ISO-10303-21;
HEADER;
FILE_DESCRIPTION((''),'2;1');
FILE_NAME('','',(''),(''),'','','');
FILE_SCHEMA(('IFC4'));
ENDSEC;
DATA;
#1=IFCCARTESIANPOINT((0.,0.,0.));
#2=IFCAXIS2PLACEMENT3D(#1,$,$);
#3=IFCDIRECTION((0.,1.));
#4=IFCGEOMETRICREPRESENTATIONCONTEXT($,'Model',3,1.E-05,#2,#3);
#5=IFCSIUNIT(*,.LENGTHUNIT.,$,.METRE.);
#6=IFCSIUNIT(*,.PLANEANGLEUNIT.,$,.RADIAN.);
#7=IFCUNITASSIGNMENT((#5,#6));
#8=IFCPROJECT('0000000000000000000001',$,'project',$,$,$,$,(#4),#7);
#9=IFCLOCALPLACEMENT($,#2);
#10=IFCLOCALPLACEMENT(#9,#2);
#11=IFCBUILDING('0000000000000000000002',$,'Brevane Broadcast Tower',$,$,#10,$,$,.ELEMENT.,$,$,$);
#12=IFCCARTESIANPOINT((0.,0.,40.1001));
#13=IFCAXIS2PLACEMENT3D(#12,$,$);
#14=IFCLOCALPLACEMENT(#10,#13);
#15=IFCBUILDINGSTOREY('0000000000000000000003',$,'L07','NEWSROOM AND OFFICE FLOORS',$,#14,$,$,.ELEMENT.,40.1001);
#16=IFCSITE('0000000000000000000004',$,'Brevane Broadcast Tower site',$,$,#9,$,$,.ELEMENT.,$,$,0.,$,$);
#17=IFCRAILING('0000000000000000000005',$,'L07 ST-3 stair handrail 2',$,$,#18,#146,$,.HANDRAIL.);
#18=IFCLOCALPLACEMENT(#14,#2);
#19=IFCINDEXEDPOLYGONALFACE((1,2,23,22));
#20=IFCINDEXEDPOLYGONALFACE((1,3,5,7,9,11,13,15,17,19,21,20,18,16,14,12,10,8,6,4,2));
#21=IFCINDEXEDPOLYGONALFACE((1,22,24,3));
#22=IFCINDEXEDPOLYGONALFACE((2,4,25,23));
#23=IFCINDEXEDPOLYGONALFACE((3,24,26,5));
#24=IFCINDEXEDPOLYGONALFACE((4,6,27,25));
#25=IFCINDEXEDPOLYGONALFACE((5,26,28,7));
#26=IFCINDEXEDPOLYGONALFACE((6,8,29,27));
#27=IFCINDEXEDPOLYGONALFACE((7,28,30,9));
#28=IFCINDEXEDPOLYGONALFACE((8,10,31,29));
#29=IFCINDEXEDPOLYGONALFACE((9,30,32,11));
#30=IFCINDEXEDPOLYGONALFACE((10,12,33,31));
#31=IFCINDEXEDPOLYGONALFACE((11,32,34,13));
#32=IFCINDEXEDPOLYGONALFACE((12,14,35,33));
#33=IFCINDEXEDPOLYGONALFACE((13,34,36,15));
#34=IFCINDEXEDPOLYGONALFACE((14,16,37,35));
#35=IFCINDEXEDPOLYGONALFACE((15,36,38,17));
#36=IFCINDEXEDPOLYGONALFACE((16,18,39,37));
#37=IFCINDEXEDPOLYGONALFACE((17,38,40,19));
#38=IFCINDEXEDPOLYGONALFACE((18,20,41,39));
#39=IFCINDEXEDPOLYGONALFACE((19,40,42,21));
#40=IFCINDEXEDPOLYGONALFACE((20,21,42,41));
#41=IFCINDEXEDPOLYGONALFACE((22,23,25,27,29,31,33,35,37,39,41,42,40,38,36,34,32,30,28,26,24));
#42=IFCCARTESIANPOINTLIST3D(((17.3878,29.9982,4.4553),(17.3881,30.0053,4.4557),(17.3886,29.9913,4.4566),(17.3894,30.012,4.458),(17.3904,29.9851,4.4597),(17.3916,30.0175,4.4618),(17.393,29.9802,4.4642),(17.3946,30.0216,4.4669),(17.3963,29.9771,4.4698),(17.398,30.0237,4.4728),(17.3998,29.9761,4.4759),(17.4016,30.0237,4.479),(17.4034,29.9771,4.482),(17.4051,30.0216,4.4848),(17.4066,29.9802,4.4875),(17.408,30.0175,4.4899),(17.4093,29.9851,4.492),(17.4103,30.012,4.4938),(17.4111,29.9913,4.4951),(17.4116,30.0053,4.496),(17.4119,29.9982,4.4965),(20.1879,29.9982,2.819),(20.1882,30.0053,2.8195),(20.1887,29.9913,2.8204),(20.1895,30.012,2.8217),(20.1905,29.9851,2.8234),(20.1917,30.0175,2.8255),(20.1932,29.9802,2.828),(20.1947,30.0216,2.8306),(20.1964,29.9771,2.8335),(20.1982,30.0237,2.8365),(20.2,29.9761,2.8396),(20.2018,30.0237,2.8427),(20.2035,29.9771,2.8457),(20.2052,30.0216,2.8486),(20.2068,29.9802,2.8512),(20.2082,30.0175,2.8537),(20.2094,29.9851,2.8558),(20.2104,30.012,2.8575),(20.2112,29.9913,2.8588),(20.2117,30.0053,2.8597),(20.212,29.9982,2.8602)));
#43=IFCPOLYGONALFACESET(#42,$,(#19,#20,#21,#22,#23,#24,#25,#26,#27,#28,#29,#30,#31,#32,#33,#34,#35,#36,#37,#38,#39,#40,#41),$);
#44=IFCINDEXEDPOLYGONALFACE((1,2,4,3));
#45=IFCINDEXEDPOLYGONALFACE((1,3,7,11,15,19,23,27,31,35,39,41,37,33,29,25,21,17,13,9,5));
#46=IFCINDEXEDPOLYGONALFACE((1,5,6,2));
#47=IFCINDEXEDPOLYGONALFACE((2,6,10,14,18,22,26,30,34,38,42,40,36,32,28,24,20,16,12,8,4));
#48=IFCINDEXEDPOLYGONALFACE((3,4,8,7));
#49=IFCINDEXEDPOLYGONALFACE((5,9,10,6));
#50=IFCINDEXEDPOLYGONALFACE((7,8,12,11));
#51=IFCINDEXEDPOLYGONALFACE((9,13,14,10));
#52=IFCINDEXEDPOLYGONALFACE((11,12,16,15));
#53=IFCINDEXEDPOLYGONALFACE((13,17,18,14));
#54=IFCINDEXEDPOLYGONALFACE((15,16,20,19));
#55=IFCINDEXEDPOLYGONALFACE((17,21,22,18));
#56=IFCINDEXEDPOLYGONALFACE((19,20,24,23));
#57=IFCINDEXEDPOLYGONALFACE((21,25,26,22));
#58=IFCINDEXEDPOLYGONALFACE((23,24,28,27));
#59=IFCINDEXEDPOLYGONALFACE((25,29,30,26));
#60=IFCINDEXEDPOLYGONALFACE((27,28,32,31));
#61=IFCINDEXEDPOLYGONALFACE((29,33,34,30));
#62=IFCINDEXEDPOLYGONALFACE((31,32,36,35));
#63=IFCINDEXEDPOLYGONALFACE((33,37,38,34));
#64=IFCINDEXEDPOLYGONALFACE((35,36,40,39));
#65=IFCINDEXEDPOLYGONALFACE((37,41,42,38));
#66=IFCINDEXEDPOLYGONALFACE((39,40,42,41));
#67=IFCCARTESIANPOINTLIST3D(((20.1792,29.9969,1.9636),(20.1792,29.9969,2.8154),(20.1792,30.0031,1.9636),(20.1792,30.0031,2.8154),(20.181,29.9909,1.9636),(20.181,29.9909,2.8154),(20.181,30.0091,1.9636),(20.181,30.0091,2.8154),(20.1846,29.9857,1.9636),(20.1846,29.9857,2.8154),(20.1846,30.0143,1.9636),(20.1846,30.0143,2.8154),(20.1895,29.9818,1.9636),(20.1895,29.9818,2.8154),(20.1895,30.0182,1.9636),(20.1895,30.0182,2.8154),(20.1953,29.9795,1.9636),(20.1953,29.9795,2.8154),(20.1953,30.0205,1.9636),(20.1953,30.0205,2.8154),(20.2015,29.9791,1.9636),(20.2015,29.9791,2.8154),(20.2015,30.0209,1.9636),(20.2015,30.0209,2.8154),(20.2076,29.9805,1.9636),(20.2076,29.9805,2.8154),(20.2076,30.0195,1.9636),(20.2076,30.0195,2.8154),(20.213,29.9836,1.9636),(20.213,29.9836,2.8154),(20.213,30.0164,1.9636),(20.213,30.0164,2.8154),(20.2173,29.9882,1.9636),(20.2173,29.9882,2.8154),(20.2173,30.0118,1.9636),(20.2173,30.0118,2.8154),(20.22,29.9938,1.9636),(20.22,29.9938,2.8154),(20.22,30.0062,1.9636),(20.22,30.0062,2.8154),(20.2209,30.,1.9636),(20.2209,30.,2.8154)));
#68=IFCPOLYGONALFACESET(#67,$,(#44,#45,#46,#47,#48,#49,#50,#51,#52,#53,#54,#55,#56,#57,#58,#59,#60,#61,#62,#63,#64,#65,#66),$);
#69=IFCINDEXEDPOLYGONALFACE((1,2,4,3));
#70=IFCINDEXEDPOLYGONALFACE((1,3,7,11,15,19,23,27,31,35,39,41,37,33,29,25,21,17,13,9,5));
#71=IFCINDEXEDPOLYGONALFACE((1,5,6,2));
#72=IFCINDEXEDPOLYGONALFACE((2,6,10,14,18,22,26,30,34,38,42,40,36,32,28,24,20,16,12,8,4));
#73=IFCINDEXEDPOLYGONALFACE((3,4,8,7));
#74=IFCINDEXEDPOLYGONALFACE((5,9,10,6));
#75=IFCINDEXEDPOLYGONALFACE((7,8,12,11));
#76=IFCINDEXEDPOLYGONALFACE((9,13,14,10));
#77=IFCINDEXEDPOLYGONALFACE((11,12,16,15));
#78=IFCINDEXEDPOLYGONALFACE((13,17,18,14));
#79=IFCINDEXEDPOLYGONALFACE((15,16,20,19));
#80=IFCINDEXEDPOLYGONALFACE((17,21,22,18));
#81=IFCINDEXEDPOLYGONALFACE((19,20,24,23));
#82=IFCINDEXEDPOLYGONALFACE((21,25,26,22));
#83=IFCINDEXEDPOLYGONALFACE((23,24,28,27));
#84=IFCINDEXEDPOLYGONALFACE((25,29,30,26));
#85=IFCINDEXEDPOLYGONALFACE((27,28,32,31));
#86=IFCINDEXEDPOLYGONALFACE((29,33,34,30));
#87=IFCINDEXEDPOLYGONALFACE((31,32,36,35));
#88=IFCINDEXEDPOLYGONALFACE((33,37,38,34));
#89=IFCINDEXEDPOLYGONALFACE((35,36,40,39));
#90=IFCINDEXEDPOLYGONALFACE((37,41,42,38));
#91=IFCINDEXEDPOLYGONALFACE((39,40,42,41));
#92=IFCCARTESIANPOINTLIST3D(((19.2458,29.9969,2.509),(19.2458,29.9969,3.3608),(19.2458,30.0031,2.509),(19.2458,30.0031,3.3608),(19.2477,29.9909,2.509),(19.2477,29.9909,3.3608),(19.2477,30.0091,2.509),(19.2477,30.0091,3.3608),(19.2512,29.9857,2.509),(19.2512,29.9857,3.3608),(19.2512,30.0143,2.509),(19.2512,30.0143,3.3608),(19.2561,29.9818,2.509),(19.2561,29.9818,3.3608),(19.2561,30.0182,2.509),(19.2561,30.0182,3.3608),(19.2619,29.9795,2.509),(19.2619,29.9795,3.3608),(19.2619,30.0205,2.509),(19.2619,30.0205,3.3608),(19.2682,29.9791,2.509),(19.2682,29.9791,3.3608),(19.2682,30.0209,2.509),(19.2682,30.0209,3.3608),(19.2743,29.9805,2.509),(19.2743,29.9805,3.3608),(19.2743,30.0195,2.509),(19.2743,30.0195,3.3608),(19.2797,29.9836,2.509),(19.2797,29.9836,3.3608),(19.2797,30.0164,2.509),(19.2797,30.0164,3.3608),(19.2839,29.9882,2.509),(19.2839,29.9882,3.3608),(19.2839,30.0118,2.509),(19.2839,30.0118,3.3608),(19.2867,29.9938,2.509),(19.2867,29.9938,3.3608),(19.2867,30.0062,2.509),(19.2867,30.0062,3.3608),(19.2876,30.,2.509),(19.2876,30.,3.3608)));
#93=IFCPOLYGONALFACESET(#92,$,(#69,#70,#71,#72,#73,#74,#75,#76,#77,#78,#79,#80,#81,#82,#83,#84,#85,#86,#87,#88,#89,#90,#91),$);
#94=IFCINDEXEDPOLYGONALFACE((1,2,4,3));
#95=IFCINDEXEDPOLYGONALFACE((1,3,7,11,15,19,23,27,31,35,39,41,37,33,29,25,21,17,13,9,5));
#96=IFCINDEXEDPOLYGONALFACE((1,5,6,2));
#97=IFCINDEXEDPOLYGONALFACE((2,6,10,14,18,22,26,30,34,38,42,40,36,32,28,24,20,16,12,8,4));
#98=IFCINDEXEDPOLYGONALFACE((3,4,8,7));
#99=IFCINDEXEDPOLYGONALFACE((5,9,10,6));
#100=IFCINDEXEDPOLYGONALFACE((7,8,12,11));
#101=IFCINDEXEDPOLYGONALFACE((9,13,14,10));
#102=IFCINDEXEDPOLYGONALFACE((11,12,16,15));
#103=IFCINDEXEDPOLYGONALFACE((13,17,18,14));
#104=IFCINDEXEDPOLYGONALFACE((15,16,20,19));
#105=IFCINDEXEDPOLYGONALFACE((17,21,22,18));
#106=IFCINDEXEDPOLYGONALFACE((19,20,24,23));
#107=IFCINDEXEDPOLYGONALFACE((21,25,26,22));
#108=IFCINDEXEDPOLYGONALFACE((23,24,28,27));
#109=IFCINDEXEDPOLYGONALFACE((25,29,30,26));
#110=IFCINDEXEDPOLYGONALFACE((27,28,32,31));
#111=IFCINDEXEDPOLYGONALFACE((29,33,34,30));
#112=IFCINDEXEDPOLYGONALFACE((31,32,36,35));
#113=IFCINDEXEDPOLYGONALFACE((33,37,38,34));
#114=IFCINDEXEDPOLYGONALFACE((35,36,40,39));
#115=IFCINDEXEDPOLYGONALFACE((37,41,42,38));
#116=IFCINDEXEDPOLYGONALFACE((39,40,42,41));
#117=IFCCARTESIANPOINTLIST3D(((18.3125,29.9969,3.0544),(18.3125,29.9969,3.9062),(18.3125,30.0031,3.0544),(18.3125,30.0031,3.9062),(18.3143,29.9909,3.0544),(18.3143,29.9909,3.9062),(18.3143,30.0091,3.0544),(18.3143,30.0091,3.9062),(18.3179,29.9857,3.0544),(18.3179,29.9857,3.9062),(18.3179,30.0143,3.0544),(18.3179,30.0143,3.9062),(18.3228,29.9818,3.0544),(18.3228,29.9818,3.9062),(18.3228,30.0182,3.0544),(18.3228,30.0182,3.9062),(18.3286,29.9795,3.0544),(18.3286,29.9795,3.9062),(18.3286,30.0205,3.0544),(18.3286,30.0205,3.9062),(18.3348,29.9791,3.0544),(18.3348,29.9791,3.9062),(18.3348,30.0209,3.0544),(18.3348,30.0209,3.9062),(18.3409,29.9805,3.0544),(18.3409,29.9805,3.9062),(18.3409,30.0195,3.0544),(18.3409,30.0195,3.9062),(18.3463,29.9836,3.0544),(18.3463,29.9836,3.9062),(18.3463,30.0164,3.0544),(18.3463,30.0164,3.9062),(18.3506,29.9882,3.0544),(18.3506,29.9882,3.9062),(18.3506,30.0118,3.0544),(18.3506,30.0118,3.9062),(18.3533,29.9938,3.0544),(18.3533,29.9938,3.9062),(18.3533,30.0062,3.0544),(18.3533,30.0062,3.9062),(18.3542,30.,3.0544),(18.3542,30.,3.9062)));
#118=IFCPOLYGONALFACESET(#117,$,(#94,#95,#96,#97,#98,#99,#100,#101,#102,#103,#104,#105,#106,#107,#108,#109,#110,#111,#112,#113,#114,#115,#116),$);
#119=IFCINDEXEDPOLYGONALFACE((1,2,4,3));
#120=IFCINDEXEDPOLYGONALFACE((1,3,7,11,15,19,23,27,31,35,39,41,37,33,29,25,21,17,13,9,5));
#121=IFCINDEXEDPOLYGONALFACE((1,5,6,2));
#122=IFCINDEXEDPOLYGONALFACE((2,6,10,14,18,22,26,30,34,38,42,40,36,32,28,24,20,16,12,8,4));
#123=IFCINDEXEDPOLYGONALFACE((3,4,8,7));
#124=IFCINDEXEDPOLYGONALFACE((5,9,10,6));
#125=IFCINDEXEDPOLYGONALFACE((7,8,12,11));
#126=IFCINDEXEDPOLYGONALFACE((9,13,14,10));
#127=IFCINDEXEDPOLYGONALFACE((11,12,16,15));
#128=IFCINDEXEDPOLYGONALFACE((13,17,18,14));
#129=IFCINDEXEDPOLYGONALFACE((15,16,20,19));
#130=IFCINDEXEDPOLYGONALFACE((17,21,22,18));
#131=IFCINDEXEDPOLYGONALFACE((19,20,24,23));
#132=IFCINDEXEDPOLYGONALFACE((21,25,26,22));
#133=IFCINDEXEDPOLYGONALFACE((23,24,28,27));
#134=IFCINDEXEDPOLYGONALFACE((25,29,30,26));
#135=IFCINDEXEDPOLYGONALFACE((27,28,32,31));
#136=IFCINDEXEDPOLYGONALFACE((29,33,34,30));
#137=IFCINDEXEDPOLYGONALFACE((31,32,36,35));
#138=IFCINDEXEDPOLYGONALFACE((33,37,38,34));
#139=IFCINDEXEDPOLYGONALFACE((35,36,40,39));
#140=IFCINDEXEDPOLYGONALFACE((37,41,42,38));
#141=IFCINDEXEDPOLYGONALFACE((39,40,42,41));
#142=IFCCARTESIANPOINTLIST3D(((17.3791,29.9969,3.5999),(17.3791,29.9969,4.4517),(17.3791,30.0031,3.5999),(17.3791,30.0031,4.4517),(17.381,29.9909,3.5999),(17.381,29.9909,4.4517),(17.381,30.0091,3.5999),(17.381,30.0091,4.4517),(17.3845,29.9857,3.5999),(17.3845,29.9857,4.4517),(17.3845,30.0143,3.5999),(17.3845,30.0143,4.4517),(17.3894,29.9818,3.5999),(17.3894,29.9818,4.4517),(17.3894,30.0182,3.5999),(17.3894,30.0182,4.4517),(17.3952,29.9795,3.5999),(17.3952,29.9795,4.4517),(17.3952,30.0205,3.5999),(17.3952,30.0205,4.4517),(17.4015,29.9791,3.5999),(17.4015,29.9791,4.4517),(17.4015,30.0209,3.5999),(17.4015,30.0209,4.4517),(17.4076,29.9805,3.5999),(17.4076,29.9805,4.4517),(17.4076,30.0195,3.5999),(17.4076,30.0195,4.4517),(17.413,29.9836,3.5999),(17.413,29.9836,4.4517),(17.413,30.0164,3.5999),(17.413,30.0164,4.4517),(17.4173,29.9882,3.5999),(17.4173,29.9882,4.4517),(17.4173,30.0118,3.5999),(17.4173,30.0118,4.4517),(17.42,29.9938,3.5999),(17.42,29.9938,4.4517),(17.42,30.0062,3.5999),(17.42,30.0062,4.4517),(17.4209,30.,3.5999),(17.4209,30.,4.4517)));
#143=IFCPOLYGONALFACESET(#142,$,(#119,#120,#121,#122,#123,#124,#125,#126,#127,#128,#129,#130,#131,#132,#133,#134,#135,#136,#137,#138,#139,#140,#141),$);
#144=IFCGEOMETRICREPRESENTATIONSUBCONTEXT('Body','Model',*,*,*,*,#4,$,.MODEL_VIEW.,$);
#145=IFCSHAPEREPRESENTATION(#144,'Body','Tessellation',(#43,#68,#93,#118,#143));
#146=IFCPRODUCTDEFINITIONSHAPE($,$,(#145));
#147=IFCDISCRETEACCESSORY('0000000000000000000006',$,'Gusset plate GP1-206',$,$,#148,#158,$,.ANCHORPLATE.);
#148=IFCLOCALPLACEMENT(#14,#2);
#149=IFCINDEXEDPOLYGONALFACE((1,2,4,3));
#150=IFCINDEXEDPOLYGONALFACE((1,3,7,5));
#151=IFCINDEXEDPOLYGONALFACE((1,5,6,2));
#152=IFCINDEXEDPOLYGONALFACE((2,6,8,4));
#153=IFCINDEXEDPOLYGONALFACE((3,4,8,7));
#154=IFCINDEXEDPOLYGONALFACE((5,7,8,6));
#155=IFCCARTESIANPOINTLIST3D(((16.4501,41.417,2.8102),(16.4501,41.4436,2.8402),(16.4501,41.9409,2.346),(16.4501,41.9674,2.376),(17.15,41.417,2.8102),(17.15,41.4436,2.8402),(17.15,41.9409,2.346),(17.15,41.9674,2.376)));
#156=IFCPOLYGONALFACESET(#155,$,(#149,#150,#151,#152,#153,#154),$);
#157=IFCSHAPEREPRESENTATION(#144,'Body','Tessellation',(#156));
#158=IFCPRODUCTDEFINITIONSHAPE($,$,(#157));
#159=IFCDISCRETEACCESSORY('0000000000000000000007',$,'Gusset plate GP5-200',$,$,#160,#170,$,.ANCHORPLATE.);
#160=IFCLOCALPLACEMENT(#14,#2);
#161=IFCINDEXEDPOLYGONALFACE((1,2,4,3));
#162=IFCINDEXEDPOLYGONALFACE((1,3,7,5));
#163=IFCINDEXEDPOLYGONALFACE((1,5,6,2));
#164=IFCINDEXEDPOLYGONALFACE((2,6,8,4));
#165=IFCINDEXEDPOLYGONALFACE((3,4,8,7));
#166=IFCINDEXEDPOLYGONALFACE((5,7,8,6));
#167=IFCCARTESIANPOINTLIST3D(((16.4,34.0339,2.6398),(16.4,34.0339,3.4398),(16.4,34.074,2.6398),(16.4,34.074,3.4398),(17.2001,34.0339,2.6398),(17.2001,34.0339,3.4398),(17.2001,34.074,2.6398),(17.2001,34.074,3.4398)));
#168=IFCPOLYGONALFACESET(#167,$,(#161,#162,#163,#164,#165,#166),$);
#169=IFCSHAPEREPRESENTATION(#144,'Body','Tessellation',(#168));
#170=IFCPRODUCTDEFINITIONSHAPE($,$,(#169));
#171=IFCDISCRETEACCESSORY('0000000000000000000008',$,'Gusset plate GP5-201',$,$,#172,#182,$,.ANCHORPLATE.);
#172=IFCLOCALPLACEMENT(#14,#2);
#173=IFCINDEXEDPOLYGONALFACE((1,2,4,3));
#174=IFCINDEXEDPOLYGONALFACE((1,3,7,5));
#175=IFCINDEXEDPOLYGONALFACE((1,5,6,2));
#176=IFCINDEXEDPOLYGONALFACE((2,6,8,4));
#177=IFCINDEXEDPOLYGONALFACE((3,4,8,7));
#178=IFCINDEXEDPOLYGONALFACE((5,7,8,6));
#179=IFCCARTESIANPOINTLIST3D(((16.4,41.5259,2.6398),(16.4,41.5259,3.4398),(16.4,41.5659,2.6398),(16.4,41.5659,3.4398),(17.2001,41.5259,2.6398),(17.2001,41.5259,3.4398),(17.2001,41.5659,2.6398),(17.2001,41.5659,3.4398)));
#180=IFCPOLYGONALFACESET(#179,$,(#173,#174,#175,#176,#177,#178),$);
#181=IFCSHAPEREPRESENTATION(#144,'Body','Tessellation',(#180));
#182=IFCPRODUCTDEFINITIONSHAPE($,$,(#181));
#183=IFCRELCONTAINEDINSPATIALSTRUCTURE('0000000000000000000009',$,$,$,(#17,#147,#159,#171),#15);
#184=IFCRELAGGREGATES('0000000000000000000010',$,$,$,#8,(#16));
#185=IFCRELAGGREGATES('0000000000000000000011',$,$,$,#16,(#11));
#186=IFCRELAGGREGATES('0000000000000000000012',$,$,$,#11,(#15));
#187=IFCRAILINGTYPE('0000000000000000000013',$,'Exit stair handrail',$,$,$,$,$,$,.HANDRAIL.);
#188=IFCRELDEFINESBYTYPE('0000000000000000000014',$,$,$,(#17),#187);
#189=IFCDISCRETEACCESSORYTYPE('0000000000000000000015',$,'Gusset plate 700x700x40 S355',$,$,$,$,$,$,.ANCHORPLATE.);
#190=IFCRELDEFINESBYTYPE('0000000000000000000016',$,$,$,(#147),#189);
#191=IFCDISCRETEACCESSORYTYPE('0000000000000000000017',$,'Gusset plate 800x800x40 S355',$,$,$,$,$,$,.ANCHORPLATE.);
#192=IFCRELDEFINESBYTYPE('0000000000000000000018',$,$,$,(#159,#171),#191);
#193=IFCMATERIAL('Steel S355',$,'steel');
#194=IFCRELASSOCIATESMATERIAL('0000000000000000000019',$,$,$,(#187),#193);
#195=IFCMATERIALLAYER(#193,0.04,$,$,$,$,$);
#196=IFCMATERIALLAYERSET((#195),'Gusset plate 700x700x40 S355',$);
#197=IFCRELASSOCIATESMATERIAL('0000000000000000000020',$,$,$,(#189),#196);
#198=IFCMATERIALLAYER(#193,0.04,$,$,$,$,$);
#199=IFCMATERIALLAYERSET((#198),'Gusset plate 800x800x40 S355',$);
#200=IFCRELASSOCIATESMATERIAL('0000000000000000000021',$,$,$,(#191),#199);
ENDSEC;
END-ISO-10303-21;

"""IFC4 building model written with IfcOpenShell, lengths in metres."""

from ifc_helpers import new_model, si_unit, direction, frame, origin, origin_2d, place, context, subcontext, project, spatial, rectangle, circle, extrude, material, layer, layer_set, type_object, element, save


model = new_model("IFC4")

# Units and contexts
model_context = context("Model", 3, precision=1e-05, world=origin(), true_north=direction((0.0, 1.0)))
body_context = subcontext(model_context, "Body", "Model", "MODEL_VIEW")
ifc_project = project(units=[si_unit("LENGTHUNIT", "METRE"), si_unit("PLANEANGLEUNIT", "RADIAN")], contexts=[model_context])

# Site, building, storey
site_placement = place(None, origin())
site = spatial("IfcSite", under=ifc_project, at=site_placement, Name="Brevane Broadcast Tower site", CompositionType="ELEMENT", RefElevation=0.0)
building_placement = place(site_placement, origin())
building = spatial("IfcBuilding", under=site, at=building_placement, Name="Brevane Broadcast Tower", CompositionType="ELEMENT")
storey_placement = place(building_placement, frame((0.0, 0.0, 40.1001)))
storey = spatial("IfcBuildingStorey", under=building, at=storey_placement, Name="L07", Description="NEWSROOM AND OFFICE FLOORS", CompositionType="ELEMENT", Elevation=40.1001)

# Shared definitions
ifc_material_1 = material(Name="Steel S355", Category="steel")

# Railing
railing_type_1 = type_object("IfcRailingType", Name="Exit stair handrail", PredefinedType="HANDRAIL", material=ifc_material_1)
railing_1_placement = place(storey_placement, frame((20.2, 30.0, 1.9636)))
element("IfcRailing", 1, at=railing_1_placement, inside=storey, type_object=railing_type_1, Name="L07 ST-3 stair handrail 2", PredefinedType="HANDRAIL", context=body_context, shape_type="SweptSolid", body=[
    extrude(circle(Radius=0.0239, at=origin_2d()), frame((0.0, 0.0, 0.876), z_axis=(-0.863394, 0.0, 0.504531), x_axis=(0.0, -1.0, 0.0)), (0.0, 0.0, 1.0), 3.2432),
    extrude(circle(Radius=0.021, at=origin_2d()), origin(), (0.0, 0.0, 1.0), 0.8518),
    extrude(circle(Radius=0.021, at=origin_2d()), frame((-0.9333, 0.0, 0.5454)), (0.0, 0.0, 1.0), 0.8518),
    extrude(circle(Radius=0.021, at=origin_2d()), frame((-1.8667, 0.0, 1.0908)), (0.0, 0.0, 1.0), 0.8518),
    extrude(circle(Radius=0.021, at=origin_2d()), frame((-2.8, 0.0, 1.6362)), (0.0, 0.0, 1.0), 0.8518),
])

# Discrete accessories
ifc_layer_1 = layer(ifc_material_1, 0.04)
ifc_layer_set_1 = layer_set([ifc_layer_1], Name="Gusset plate 700x700x40 S355")
discrete_accessory_type_1 = type_object("IfcDiscreteAccessoryType", Name="Gusset plate 700x700x40 S355", PredefinedType="ANCHORPLATE", material=ifc_layer_set_1)
discrete_accessory_placement = place(storey_placement, frame((16.8, 41.679, 2.5781), z_axis=(0.0, 0.66323, 0.748416), x_axis=(-1.0, 0.0, 0.0)))
element("IfcDiscreteAccessory", 2, at=discrete_accessory_placement, inside=storey, type_object=discrete_accessory_type_1, Name="Gusset plate GP1-206", PredefinedType="ANCHORPLATE", context=body_context, shape_type="SweptSolid", body=[
    extrude(rectangle(XDim=0.7, YDim=0.7, at=origin_2d()), origin(), (0.0, 0.0, 1.0), 0.04),
])
ifc_layer_2 = layer(ifc_material_1, 0.04)
ifc_layer_set_2 = layer_set([ifc_layer_2], Name="Gusset plate 800x800x40 S355")
discrete_accessory_type_2 = type_object("IfcDiscreteAccessoryType", Name="Gusset plate 800x800x40 S355", PredefinedType="ANCHORPLATE", material=ifc_layer_set_2)
for number, where, z_axis, x_axis, name in (
    (3, (16.8, 34.0339, 3.0398), (0.0, 1.0, 0.0), (-1.0, 0.0, 0.0), "Gusset plate GP5-200"),
    (4, (16.8, 41.5259, 3.0398), (0.0, 1.0, 0.0), (-1.0, 0.0, 0.0), "Gusset plate GP5-201"),
):
    element("IfcDiscreteAccessory", number, at=place(storey_placement, frame(where, z_axis=z_axis, x_axis=x_axis)), inside=storey, type_object=discrete_accessory_type_2, Name=name, PredefinedType="ANCHORPLATE", context=body_context, shape_type="SweptSolid", body=[
        extrude(rectangle(XDim=0.8, YDim=0.8, at=origin_2d()), origin(), (0.0, 0.0, 1.0), 0.04),
    ])

save(model, "model.ifc")
